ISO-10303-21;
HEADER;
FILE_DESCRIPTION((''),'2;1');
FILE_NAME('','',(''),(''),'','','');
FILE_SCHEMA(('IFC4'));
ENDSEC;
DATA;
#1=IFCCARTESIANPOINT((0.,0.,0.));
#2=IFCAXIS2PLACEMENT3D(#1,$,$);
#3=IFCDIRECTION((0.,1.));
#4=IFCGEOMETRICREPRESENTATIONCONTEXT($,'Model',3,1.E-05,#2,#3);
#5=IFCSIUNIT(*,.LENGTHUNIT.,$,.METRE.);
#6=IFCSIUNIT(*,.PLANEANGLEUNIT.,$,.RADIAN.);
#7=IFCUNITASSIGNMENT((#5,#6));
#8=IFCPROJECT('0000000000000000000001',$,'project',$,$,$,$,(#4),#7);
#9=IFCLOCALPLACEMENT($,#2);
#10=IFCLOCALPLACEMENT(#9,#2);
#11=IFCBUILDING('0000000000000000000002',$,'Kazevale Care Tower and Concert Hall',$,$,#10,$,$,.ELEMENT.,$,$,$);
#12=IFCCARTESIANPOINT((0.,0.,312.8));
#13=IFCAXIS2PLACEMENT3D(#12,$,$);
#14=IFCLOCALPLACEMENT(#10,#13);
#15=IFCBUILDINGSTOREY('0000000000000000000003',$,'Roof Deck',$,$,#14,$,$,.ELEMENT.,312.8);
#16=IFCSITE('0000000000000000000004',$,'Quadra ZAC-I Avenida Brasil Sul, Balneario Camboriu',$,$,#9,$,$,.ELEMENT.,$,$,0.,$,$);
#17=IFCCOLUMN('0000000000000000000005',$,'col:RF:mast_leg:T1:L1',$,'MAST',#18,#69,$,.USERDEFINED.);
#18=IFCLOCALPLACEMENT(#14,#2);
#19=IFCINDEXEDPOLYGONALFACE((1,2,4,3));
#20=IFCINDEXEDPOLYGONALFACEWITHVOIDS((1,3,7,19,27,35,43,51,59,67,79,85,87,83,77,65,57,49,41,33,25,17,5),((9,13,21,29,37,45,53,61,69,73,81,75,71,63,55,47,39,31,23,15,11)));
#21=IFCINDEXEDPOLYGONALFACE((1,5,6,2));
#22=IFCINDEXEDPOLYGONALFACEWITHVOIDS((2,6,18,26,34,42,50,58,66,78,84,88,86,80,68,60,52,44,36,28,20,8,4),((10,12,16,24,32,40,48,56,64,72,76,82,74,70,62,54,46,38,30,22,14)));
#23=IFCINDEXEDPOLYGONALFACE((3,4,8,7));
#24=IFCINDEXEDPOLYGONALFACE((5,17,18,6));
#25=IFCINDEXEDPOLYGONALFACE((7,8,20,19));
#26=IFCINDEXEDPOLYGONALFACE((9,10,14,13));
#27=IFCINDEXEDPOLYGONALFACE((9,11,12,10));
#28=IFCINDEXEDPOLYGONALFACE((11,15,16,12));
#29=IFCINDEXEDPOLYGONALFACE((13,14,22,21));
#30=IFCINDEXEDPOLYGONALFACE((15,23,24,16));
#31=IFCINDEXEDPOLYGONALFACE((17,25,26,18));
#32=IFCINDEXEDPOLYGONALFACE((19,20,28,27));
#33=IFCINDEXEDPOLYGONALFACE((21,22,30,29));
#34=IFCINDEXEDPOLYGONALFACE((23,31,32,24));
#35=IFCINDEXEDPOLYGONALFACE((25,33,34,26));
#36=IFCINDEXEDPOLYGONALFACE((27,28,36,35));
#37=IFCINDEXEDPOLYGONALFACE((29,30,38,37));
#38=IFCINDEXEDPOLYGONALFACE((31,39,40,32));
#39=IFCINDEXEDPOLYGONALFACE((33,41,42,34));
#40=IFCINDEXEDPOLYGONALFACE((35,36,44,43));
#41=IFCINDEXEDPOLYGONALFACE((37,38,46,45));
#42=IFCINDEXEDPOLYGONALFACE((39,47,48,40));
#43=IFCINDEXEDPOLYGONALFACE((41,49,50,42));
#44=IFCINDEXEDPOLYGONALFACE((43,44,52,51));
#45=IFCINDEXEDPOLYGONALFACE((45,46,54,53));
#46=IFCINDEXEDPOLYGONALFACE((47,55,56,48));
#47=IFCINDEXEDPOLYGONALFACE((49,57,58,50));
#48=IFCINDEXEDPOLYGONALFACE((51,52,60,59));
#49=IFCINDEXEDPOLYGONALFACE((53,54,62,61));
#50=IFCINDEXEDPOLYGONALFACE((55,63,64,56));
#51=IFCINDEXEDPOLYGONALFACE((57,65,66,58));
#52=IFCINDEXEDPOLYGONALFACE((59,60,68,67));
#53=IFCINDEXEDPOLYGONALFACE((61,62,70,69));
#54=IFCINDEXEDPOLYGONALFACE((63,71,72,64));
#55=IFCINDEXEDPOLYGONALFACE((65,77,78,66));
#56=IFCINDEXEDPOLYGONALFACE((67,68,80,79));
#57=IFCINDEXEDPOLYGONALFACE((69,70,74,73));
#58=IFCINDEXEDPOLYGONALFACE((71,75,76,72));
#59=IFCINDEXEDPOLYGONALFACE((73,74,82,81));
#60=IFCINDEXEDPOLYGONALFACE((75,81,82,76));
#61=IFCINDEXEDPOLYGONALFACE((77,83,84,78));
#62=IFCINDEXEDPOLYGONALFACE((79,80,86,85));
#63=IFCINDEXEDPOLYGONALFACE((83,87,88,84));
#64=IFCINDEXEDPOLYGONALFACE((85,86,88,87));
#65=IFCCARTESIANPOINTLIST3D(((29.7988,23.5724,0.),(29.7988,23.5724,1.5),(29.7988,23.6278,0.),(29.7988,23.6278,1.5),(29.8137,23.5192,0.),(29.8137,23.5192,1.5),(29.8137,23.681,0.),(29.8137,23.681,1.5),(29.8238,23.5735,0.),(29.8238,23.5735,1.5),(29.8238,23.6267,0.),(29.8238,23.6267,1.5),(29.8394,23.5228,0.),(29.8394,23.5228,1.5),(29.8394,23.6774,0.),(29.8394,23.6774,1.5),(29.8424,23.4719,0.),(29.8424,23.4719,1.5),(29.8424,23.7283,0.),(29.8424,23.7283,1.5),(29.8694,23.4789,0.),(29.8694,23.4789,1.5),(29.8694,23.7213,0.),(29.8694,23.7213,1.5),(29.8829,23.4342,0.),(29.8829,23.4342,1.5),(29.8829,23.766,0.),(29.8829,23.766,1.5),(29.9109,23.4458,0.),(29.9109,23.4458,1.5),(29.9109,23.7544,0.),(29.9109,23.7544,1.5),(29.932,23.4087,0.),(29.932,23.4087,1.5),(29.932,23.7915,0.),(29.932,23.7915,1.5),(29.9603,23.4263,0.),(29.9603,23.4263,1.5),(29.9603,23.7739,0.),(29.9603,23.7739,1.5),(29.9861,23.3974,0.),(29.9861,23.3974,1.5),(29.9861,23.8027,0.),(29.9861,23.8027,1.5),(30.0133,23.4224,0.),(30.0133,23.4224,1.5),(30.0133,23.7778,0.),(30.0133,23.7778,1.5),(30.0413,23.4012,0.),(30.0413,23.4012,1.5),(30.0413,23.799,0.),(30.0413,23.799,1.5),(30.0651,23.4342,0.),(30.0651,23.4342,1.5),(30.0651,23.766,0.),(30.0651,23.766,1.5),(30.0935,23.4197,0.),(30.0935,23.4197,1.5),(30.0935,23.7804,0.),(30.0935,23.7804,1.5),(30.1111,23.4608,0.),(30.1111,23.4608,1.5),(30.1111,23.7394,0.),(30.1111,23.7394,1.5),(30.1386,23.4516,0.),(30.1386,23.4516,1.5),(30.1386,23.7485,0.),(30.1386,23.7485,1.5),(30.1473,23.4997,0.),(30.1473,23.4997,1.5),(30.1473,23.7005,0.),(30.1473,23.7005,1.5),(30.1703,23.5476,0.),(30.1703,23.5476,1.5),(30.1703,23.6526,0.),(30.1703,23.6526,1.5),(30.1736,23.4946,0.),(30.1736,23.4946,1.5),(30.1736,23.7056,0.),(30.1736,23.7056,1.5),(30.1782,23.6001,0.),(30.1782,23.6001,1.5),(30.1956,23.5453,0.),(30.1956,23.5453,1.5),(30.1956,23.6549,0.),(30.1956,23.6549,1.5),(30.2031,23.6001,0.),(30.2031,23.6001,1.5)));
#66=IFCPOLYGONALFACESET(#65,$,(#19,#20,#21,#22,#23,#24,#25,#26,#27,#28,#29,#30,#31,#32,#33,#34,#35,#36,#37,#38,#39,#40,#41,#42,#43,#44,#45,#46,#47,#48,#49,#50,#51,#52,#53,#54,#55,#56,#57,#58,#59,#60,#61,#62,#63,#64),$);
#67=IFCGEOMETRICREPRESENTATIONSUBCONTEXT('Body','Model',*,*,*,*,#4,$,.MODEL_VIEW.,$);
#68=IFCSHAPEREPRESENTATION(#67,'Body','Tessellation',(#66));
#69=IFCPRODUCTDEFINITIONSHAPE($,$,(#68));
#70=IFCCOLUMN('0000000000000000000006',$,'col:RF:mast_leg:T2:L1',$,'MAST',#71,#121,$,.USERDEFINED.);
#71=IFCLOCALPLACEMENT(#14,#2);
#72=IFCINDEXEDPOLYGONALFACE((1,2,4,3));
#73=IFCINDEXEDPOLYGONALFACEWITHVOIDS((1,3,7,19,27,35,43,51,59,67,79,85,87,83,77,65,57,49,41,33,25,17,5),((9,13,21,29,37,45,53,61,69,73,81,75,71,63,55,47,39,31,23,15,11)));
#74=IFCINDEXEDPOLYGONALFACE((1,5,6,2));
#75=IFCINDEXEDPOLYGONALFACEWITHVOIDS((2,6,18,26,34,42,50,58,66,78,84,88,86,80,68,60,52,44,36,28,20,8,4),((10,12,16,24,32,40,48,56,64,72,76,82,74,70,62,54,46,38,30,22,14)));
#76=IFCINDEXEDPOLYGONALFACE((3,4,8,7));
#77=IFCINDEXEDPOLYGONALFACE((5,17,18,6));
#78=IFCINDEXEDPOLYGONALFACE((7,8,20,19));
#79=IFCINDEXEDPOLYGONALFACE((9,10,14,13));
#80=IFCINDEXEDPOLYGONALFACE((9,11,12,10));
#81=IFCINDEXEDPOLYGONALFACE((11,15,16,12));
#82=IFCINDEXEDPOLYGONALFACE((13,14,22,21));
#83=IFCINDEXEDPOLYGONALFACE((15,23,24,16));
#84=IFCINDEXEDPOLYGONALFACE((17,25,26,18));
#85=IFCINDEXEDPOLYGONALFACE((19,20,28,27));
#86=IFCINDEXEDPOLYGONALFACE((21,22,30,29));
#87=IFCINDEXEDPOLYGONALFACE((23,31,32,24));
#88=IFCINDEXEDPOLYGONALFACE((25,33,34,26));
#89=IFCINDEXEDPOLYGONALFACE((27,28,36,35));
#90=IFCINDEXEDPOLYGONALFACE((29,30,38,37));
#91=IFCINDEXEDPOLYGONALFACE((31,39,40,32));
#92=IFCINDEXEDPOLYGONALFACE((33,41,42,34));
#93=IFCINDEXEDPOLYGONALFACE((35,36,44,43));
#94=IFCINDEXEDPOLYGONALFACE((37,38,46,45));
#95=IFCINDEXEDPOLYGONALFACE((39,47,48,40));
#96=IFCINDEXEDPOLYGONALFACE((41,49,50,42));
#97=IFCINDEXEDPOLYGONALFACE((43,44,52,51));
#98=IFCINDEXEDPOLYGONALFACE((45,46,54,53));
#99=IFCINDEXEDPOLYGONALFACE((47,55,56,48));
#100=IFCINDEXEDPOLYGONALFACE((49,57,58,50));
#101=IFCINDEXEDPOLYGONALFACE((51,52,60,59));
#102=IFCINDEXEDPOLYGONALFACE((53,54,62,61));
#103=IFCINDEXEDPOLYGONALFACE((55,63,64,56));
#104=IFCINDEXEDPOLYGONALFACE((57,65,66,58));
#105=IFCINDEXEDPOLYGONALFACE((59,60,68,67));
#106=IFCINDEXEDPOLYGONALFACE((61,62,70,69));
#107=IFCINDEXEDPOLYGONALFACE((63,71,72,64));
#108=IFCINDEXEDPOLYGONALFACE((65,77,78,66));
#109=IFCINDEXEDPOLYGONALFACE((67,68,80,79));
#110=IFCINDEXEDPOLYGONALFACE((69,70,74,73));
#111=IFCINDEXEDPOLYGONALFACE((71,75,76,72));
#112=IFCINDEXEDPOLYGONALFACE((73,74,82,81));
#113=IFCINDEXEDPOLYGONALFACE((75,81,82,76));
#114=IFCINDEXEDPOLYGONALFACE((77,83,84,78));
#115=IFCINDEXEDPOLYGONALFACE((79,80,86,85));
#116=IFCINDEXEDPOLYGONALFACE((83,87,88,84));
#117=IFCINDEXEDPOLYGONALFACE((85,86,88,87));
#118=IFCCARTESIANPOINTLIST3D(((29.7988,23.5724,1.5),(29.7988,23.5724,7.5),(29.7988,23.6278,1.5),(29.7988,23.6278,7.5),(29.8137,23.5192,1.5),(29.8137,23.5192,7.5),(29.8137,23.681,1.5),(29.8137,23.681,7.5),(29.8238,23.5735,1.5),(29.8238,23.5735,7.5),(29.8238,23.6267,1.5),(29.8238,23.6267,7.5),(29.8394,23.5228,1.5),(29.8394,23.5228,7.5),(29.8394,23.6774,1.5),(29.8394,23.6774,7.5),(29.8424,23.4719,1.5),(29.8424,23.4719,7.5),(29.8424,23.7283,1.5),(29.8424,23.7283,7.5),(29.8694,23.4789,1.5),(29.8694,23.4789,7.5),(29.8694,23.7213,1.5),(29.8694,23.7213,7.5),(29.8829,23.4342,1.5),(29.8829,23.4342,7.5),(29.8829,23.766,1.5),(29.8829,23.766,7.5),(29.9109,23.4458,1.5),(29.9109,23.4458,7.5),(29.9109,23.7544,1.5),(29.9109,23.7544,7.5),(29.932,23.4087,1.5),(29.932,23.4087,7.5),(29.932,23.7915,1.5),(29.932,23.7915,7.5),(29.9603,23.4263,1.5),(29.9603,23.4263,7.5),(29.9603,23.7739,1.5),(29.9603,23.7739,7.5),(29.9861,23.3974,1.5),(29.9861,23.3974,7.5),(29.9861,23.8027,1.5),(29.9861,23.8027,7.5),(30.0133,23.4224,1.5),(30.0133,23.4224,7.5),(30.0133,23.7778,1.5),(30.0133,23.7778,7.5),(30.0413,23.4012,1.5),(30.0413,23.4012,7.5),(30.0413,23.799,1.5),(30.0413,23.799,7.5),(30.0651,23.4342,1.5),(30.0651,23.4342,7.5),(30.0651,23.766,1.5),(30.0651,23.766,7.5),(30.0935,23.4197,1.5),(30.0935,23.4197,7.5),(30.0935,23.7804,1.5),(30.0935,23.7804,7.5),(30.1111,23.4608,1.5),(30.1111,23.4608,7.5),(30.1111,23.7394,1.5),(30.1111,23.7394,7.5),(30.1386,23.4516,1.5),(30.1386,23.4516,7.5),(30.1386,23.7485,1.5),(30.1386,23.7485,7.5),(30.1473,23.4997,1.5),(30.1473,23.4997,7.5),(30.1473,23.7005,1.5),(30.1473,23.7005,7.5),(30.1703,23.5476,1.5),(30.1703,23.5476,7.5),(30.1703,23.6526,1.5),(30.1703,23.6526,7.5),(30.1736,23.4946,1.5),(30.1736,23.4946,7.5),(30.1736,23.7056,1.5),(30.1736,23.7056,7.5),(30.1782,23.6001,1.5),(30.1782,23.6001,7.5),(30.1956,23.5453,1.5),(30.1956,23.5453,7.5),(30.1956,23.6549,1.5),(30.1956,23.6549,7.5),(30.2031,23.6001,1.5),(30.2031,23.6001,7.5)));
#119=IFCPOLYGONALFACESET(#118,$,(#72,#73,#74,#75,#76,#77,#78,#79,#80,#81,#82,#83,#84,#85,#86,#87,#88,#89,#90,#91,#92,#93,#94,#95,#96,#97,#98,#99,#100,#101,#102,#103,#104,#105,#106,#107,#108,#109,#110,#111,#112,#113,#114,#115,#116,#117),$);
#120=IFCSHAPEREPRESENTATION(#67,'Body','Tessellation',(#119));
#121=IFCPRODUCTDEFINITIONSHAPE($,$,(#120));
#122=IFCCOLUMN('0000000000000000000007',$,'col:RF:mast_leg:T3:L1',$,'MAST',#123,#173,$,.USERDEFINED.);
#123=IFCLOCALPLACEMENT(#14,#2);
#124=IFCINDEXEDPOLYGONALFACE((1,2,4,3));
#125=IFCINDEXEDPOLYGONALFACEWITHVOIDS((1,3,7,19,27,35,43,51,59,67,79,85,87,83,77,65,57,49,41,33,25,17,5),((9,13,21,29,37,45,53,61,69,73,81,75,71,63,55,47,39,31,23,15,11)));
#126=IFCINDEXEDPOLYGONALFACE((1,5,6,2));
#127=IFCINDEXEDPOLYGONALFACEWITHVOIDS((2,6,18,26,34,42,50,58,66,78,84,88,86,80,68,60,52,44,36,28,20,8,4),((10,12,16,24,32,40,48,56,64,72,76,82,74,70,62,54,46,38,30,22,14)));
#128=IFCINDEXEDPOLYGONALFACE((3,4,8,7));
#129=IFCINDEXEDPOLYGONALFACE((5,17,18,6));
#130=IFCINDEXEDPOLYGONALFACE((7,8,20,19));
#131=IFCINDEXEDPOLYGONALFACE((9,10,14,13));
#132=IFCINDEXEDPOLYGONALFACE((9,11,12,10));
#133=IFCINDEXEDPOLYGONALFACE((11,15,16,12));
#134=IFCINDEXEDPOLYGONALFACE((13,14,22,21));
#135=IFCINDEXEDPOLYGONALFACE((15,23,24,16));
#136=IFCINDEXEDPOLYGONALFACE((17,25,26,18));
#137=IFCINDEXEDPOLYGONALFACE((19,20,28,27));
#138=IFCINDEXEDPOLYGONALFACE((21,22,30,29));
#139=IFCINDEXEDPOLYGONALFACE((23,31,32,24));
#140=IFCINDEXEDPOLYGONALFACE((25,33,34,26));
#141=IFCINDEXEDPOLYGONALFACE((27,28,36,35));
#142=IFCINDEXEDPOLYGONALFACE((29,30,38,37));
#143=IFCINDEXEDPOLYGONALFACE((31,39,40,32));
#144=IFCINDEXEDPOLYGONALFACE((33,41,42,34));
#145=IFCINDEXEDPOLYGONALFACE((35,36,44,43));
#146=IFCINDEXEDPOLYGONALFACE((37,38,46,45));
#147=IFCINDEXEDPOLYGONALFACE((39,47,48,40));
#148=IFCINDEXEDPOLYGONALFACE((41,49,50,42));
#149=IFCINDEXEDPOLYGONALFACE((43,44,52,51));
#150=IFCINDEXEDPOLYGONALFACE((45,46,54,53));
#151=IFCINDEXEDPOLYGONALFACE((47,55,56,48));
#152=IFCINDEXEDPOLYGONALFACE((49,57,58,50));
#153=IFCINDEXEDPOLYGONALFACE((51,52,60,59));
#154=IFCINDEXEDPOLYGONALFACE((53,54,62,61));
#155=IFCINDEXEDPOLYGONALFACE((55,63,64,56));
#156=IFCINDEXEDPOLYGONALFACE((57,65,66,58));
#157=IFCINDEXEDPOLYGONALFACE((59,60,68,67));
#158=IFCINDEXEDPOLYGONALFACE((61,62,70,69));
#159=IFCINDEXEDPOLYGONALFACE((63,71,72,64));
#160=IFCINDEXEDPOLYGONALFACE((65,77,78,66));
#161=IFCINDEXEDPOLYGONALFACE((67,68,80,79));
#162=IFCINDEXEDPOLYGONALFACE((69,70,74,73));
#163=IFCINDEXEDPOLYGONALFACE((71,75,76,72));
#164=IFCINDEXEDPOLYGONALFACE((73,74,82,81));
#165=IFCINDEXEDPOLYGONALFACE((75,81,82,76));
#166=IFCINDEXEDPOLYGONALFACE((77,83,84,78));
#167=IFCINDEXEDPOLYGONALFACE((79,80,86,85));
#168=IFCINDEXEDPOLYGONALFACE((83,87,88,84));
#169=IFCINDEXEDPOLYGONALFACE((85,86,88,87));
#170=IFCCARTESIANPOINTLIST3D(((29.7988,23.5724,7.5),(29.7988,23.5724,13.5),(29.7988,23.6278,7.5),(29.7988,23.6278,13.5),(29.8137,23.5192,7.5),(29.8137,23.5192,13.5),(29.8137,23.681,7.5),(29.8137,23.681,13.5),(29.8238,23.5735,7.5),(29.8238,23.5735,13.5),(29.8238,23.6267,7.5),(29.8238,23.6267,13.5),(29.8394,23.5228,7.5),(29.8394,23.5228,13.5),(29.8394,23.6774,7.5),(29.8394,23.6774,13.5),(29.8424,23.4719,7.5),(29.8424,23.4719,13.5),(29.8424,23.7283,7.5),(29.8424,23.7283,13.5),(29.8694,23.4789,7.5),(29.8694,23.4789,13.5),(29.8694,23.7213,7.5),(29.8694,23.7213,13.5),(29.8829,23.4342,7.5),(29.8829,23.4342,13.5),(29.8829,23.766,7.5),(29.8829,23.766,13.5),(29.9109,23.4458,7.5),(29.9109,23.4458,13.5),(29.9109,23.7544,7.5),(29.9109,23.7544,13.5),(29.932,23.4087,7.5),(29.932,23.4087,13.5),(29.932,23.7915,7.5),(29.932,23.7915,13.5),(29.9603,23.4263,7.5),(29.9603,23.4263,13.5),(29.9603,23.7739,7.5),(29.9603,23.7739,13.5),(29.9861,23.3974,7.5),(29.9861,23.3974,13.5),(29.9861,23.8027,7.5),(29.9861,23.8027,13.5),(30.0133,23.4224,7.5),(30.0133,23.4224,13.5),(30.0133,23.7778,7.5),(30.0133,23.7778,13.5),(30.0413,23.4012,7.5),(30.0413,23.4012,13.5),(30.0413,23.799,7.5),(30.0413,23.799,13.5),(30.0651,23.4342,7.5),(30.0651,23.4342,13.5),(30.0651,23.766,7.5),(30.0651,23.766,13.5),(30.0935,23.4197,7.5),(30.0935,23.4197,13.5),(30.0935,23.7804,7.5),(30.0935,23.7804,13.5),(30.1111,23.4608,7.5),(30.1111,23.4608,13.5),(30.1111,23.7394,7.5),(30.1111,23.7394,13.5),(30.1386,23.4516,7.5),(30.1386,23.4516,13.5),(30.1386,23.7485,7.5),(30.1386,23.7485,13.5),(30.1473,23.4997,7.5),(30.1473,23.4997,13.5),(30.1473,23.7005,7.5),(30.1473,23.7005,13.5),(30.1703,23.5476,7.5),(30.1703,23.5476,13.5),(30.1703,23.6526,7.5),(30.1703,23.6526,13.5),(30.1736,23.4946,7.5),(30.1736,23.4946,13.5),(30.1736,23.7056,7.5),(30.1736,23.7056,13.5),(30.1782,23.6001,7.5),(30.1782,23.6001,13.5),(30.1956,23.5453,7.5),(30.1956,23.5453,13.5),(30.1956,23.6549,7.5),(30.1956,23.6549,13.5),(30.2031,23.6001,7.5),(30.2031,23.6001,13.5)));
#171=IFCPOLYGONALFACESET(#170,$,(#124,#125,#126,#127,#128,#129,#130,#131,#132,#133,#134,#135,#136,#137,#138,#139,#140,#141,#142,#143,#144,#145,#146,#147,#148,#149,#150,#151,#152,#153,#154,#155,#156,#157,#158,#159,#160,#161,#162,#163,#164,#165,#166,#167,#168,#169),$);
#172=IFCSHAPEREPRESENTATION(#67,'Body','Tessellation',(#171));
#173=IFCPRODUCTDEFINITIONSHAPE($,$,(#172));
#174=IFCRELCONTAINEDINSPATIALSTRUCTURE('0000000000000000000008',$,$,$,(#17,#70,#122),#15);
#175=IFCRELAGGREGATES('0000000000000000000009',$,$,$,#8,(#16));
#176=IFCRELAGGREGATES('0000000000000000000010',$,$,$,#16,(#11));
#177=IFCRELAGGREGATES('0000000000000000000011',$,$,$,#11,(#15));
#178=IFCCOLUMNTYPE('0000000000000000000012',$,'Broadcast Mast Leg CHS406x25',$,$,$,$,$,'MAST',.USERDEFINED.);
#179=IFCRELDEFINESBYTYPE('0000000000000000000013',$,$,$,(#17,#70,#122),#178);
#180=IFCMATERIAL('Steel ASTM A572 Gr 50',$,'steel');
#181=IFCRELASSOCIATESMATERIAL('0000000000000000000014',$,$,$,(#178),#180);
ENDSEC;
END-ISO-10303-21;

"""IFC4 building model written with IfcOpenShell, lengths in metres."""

from ifc_helpers import new_model, si_unit, direction, frame, origin, origin_2d, place, context, subcontext, project, spatial, hollow_circle, extrude, material, material_profile, profile_set, type_object, element, save


model = new_model("IFC4")

# Units and contexts
model_context = context("Model", 3, precision=1e-05, world=origin(), true_north=direction((0.0, 1.0)))
body_context = subcontext(model_context, "Body", "Model", "MODEL_VIEW")
ifc_project = project(units=[si_unit("LENGTHUNIT", "METRE"), si_unit("PLANEANGLEUNIT", "RADIAN")], contexts=[model_context])

# Site, building, storey
site_placement = place(None, origin())
site = spatial("IfcSite", under=ifc_project, at=site_placement, Name="Quadra ZAC-I Avenida Brasil Sul, Balneario Camboriu", CompositionType="ELEMENT", RefElevation=0.0)
building_placement = place(site_placement, origin())
building = spatial("IfcBuilding", under=site, at=building_placement, Name="Kazevale Care Tower and Concert Hall", CompositionType="ELEMENT")
storey_placement = place(building_placement, frame((0.0, 0.0, 312.8)))
storey = spatial("IfcBuildingStorey", under=building, at=storey_placement, Name="Roof Deck", CompositionType="ELEMENT", Elevation=312.8)

# Columns
ifc_material_1 = material(Name="Steel ASTM A572 Gr 50", Category="steel")
ifc_material_profile_1 = material_profile(ifc_material_1, hollow_circle(Radius=0.2031, WallThickness=0.0249, at=origin_2d()), Name="CHS406x25")
ifc_profile_set_1 = profile_set([ifc_material_profile_1], Name="Steel ASTM A572 Gr 50")
column_type_1 = type_object("IfcColumnType", Name="Broadcast Mast Leg CHS406x25", ElementType="MAST", PredefinedType="USERDEFINED", material=ifc_profile_set_1)
column_1_placement = place(storey_placement, frame((30.0, 23.6001, 0.0), z_axis=(0.0, 0.0, 1.0), x_axis=(1.0, 0.0, 0.0)))
element("IfcColumn", 1, at=column_1_placement, inside=storey, type_object=column_type_1, Name="col:RF:mast_leg:T1:L1", ObjectType="MAST", PredefinedType="USERDEFINED", context=body_context, shape_type="SweptSolid", body=[
    extrude(hollow_circle(Radius=0.2031, WallThickness=0.0249, at=origin_2d()), origin(), (0.0, 0.0, 1.0), 1.5),
])
for number, where, z_axis, x_axis, name in (
    (2, (30.0, 23.6001, 1.5), (0.0, 0.0, 1.0), (1.0, 0.0, 0.0), "col:RF:mast_leg:T2:L1"),
    (3, (30.0, 23.6001, 7.5), (0.0, 0.0, 1.0), (1.0, 0.0, 0.0), "col:RF:mast_leg:T3:L1"),
):
    element("IfcColumn", number, at=place(storey_placement, frame(where, z_axis=z_axis, x_axis=x_axis)), inside=storey, type_object=column_type_1, Name=name, ObjectType="MAST", PredefinedType="USERDEFINED", context=body_context, shape_type="SweptSolid", body=[
        extrude(hollow_circle(Radius=0.2031, WallThickness=0.0249, at=origin_2d()), origin(), (0.0, 0.0, 1.0), 6.0),
    ])

save(model, "model.ifc")
